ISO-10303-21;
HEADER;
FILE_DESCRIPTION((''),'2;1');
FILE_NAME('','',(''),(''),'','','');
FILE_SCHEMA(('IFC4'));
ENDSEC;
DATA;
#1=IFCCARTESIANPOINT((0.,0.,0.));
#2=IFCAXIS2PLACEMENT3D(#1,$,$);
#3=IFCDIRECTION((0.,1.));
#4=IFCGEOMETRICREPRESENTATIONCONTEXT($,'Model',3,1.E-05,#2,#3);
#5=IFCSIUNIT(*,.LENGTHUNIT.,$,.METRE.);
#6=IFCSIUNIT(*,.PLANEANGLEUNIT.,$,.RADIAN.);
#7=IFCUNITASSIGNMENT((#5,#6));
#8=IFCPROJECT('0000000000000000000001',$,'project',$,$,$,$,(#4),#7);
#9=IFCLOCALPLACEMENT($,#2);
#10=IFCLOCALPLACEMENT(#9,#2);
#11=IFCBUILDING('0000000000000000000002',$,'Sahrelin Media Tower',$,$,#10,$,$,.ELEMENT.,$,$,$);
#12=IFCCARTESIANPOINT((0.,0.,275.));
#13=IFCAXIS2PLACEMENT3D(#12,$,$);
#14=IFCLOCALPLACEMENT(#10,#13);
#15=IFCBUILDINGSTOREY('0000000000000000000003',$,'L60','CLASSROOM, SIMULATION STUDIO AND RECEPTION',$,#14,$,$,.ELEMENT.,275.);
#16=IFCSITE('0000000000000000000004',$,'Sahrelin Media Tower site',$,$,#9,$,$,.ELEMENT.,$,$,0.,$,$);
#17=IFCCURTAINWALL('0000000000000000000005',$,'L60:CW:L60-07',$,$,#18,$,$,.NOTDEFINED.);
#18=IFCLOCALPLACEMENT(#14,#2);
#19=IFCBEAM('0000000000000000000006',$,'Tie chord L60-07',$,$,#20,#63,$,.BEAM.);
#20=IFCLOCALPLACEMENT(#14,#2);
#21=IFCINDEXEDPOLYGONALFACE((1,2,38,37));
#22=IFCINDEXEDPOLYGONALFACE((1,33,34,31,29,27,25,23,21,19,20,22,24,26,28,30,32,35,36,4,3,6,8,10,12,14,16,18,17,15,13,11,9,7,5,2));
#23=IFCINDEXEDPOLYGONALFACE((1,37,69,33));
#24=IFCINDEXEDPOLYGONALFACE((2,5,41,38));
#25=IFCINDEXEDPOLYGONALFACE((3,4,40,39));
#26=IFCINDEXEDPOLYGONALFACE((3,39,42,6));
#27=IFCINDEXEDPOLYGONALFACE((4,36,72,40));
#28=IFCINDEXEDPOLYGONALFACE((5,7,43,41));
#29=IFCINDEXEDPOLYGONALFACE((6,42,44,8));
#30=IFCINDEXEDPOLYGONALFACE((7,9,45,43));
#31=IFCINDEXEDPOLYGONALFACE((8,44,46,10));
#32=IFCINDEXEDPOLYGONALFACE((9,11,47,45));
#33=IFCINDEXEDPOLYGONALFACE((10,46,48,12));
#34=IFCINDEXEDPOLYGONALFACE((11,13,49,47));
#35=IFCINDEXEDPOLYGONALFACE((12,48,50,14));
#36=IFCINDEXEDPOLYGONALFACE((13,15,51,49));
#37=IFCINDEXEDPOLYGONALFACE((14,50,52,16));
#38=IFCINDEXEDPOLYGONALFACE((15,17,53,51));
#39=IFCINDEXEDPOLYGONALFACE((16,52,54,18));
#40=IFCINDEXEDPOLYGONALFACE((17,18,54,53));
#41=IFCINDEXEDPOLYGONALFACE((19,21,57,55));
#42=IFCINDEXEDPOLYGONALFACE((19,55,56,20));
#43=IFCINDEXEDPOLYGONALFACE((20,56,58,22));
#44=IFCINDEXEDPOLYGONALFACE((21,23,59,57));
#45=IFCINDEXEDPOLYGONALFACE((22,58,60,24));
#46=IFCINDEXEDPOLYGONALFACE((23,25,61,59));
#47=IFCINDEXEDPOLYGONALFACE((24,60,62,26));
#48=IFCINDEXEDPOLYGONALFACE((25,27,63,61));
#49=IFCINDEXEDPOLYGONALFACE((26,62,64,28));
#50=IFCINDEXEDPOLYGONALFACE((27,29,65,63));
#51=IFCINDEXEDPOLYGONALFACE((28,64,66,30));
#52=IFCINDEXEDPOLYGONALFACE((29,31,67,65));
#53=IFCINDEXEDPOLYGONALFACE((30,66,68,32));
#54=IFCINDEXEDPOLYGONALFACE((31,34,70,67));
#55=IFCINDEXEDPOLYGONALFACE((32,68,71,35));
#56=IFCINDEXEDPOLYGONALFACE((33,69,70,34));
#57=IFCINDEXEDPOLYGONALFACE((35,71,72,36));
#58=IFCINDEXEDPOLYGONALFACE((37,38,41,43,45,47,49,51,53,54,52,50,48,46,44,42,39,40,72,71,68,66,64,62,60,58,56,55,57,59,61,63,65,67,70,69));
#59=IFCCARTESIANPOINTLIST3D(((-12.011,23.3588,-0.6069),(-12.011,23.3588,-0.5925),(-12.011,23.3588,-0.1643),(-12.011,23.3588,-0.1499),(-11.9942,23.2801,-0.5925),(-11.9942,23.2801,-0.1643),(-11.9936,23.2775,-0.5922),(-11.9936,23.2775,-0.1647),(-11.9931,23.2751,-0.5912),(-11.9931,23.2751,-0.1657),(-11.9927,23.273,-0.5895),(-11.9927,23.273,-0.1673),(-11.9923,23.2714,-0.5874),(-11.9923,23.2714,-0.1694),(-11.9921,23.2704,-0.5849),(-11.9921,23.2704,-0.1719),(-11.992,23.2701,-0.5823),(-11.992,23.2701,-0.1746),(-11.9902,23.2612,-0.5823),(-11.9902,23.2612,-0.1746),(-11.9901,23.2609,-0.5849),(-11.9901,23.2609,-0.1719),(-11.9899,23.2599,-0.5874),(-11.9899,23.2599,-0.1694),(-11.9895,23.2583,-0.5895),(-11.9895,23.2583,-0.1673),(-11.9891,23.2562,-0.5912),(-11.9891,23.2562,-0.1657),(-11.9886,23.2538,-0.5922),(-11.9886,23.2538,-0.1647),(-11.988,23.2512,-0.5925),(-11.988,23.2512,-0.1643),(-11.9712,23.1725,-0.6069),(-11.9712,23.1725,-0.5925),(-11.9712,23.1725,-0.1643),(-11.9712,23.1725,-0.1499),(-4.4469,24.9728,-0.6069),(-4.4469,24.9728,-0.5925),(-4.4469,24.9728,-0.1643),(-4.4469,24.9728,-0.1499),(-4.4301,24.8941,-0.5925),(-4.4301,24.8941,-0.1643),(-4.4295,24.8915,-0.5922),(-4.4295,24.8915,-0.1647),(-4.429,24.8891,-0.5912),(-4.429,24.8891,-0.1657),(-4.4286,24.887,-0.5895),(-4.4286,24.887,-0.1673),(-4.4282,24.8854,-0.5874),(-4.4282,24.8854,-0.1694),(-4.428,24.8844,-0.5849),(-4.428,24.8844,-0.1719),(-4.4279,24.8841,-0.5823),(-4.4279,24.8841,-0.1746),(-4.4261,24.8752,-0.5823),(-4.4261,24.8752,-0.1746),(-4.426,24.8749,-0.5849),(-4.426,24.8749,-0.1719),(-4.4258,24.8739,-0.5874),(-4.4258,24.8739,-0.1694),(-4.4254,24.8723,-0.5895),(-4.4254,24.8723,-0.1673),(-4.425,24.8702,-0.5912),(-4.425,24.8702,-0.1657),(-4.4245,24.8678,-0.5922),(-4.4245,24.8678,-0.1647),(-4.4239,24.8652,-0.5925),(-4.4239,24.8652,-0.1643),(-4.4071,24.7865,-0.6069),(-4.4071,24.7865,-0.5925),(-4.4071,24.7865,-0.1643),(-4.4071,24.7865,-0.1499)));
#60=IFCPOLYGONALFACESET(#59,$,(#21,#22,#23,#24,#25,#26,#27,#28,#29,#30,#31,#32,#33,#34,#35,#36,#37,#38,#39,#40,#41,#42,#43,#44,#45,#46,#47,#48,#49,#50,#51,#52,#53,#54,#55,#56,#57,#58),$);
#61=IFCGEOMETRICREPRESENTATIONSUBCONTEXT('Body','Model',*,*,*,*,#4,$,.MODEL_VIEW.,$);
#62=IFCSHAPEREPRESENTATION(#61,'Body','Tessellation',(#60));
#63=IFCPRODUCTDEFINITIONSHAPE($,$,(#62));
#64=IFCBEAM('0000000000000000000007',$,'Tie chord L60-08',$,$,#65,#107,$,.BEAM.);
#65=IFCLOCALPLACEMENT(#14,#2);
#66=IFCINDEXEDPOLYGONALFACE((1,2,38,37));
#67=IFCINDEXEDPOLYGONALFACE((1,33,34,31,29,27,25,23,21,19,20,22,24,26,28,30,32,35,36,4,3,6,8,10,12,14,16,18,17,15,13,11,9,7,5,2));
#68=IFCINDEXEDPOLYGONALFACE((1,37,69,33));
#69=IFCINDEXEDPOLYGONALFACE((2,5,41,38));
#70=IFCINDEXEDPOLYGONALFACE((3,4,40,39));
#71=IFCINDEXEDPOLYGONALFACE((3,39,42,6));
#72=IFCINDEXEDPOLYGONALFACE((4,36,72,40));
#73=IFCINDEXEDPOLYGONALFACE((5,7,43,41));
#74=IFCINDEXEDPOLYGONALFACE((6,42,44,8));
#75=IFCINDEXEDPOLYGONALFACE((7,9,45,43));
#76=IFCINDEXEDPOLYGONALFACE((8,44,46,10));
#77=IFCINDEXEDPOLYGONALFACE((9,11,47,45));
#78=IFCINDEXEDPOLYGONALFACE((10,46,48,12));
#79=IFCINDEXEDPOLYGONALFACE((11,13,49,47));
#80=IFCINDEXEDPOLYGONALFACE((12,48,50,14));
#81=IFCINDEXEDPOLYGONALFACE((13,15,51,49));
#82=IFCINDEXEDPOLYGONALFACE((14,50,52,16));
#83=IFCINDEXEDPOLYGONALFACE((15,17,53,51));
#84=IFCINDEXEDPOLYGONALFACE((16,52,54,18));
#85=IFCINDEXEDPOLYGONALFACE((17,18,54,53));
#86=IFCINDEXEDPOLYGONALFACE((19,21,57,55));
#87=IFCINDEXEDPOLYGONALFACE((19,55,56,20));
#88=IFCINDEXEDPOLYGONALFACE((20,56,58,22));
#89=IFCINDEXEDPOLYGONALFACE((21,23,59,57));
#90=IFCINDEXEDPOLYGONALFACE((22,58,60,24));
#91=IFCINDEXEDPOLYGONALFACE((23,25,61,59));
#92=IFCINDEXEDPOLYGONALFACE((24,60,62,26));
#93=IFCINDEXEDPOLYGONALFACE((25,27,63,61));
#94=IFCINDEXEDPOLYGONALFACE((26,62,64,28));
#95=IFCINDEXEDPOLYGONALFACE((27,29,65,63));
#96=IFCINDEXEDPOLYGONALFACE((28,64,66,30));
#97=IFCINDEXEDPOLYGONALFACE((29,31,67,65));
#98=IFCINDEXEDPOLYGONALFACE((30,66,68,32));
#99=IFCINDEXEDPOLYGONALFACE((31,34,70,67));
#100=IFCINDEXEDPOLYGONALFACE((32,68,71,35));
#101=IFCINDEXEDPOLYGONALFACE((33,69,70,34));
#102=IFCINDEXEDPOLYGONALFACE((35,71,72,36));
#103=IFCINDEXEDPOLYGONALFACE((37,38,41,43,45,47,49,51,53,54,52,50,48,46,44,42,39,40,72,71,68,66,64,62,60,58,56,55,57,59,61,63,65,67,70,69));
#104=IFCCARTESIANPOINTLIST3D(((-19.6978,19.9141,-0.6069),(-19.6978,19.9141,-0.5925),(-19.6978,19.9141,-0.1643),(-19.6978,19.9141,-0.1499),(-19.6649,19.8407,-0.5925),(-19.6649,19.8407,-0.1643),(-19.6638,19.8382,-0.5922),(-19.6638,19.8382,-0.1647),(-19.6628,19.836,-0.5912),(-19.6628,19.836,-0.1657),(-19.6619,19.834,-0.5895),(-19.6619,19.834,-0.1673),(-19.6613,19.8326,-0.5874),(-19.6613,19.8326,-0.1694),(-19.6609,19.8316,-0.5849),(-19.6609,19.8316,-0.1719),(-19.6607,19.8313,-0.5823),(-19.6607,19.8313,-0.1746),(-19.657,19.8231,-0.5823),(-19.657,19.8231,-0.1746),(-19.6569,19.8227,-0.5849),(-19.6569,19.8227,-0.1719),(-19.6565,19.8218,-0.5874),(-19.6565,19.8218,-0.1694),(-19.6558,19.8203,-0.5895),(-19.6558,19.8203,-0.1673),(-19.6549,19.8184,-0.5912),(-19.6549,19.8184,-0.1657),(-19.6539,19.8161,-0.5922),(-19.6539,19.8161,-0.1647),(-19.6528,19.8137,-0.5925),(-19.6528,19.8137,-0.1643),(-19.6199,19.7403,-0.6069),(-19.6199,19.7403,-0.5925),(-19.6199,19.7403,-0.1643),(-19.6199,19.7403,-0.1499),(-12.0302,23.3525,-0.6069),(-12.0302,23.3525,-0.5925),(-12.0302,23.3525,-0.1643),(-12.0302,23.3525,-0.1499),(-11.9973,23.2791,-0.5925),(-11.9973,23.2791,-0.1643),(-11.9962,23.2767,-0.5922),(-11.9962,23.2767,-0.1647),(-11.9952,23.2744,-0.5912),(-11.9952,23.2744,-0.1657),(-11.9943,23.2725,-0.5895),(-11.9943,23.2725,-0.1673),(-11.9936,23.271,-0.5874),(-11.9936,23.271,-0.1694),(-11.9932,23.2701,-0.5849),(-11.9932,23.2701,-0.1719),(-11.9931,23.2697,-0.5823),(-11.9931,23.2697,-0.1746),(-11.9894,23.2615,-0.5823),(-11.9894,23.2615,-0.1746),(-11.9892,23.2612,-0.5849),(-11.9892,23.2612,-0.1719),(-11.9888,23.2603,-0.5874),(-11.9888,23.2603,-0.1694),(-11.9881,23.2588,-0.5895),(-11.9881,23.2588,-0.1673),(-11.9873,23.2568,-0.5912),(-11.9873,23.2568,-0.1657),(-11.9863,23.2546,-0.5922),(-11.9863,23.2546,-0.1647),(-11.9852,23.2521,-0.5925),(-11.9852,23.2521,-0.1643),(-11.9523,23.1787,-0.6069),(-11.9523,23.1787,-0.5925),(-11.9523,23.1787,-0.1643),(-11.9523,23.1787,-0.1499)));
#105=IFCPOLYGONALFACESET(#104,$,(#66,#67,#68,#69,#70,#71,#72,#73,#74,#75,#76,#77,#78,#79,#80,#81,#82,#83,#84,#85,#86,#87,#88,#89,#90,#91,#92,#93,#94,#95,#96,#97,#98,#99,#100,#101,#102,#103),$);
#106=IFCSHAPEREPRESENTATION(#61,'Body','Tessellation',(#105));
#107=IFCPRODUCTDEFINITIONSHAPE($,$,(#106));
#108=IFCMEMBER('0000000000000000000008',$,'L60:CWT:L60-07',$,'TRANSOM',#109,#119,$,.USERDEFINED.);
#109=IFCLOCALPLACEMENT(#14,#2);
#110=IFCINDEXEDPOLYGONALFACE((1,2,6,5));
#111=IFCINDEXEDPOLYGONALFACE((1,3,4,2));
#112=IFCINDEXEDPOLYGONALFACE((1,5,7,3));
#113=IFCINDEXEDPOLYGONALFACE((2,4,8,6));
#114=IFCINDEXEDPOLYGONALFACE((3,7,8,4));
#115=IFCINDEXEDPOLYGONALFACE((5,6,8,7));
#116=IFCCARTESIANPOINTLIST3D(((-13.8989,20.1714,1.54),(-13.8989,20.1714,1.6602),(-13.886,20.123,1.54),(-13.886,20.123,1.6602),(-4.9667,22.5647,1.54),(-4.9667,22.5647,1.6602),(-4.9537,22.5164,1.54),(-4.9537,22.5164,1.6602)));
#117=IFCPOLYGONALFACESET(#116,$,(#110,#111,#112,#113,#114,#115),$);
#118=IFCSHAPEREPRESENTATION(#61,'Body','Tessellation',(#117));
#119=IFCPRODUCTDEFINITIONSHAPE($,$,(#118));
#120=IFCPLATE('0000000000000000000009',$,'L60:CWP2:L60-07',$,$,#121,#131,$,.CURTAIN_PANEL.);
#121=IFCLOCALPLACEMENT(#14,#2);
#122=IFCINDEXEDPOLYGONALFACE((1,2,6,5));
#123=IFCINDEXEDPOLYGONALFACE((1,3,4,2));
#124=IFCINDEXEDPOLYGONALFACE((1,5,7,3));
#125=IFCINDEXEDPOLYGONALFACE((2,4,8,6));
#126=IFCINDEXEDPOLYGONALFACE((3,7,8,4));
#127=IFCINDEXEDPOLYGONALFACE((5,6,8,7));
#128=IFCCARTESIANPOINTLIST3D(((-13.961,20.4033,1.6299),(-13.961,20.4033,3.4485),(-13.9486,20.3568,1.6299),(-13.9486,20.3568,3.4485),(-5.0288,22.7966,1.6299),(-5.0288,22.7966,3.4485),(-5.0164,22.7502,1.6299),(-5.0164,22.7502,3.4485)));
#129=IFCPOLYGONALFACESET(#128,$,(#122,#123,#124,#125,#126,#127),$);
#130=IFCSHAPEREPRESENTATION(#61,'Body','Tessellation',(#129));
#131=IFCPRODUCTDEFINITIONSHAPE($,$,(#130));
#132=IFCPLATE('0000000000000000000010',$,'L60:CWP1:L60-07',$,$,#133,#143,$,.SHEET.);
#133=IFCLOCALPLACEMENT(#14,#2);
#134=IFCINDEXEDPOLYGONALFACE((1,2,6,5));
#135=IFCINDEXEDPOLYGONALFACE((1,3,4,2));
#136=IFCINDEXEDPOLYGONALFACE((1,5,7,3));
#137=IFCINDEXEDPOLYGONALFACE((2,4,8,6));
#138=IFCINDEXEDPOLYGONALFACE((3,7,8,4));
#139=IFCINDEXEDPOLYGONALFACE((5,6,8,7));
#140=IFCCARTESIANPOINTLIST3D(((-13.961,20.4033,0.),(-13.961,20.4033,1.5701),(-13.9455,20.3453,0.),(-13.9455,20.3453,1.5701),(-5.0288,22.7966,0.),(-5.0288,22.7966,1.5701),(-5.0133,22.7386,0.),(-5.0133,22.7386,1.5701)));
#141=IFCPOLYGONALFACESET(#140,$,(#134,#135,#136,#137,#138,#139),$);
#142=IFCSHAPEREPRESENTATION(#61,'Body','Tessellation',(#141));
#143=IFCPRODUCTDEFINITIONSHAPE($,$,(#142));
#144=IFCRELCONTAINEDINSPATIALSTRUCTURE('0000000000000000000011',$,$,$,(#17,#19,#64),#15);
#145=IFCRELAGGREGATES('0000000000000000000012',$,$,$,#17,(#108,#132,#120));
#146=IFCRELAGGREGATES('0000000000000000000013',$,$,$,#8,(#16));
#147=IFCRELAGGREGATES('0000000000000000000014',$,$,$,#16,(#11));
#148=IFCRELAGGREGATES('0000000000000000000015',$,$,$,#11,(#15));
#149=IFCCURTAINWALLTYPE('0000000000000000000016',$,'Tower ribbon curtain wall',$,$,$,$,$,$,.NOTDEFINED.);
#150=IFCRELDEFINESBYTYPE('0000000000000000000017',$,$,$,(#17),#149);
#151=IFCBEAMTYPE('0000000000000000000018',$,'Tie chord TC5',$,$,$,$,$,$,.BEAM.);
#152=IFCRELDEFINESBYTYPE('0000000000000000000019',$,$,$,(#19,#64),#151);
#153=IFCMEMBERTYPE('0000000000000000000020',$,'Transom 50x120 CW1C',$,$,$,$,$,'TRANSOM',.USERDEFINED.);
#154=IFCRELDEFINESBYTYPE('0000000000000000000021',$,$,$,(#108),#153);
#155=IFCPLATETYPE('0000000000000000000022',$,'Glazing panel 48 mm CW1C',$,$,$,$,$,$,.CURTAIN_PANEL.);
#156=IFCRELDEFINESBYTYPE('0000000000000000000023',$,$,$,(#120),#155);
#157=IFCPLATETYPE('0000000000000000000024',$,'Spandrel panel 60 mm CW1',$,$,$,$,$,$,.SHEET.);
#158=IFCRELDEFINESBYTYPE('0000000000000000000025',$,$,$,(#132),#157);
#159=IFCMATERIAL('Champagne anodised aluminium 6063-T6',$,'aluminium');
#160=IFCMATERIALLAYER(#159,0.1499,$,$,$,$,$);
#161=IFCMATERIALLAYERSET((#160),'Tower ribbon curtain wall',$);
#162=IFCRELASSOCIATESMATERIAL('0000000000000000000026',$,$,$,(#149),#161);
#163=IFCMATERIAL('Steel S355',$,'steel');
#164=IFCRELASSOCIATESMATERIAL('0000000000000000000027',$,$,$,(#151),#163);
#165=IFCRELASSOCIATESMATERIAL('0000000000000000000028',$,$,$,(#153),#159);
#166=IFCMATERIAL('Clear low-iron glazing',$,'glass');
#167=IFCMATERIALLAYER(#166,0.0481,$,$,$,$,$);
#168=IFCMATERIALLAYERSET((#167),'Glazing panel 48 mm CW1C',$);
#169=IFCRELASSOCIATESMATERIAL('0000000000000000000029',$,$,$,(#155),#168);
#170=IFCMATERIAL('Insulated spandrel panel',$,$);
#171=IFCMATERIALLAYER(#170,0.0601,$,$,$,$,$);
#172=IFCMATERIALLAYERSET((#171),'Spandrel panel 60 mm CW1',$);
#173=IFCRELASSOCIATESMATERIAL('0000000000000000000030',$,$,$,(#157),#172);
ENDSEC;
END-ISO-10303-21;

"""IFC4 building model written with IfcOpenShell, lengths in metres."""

from ifc_helpers import new_model, si_unit, direction, frame, origin, origin_2d, place, context, subcontext, project, spatial, polyline, rectangle, i_section, outline, extrude, material, layer, layer_set, material_profile, profile_set, type_object, element, aggregate, save


model = new_model("IFC4")

# Units and contexts
model_context = context("Model", 3, precision=1e-05, world=origin(), true_north=direction((0.0, 1.0)))
body_context = subcontext(model_context, "Body", "Model", "MODEL_VIEW")
ifc_project = project(units=[si_unit("LENGTHUNIT", "METRE"), si_unit("PLANEANGLEUNIT", "RADIAN")], contexts=[model_context])

# Site, building, storey
site_placement = place(None, origin())
site = spatial("IfcSite", under=ifc_project, at=site_placement, Name="Sahrelin Media Tower site", CompositionType="ELEMENT", RefElevation=0.0)
building_placement = place(site_placement, origin())
building = spatial("IfcBuilding", under=site, at=building_placement, Name="Sahrelin Media Tower", CompositionType="ELEMENT")
storey_placement = place(building_placement, frame((0.0, 0.0, 275.0)))
storey = spatial("IfcBuildingStorey", under=building, at=storey_placement, Name="L60", Description="CLASSROOM, SIMULATION STUDIO AND RECEPTION", CompositionType="ELEMENT", Elevation=275.0)

# Shared definitions
ifc_material_1 = material(Name="Steel S355", Category="steel")

# Curtain wall
ifc_material_2 = material(Name="Champagne anodised aluminium 6063-T6", Category="aluminium")
ifc_layer_1 = layer(ifc_material_2, 0.1499)
ifc_layer_set_1 = layer_set([ifc_layer_1], Name="Tower ribbon curtain wall")
curtain_wall_type = type_object("IfcCurtainWallType", Name="Tower ribbon curtain wall", PredefinedType="NOTDEFINED", material=ifc_layer_set_1)
curtain_wall_1_placement = place(storey_placement, frame((-9.4895, 21.5806, 0.0), z_axis=(0.0, 0.0, 1.0), x_axis=(1.0, 0.0, 0.0)))
curtain_wall_1 = element("IfcCurtainWall", 1, at=curtain_wall_1_placement, inside=storey, type_object=curtain_wall_type, Name="L60:CW:L60-07", PredefinedType="NOTDEFINED")

# Beams
ifc_material_profile_1 = material_profile(ifc_material_1, i_section(OverallWidth=0.1904, OverallDepth=0.457, WebThickness=0.009, FlangeThickness=0.0144, FilletRadius=0.0103, at=origin_2d()), Name="UB 457x191x74")
ifc_profile_set_1 = profile_set([ifc_material_profile_1], Name="Steel S355")
beam_type_1 = type_object("IfcBeamType", Name="Tie chord TC5", PredefinedType="BEAM", material=ifc_profile_set_1)
beam_1_placement = place(storey_placement, frame((-4.427, 24.8796, -0.3784), z_axis=(-0.977985, -0.208678, 0.0), x_axis=(0.208678, -0.977985, 0.0)))
element("IfcBeam", 2, at=beam_1_placement, inside=storey, type_object=beam_type_1, Name="Tie chord L60-07", PredefinedType="BEAM", context=body_context, shape_type="SweptSolid", body=[
    extrude(i_section(OverallWidth=0.1904, OverallDepth=0.457, WebThickness=0.009, FlangeThickness=0.0144, FilletRadius=0.0103, at=origin_2d()), origin(), (0.0, 0.0, 1.0), 7.7344),
])
beam_2_placement = place(storey_placement, frame((-11.9912, 23.2656, -0.3784), z_axis=(-0.912455, -0.409177, 0.0), x_axis=(0.409177, -0.912455, 0.0)))
element("IfcBeam", 3, at=beam_2_placement, inside=storey, type_object=beam_type_1, Name="Tie chord L60-08", PredefinedType="BEAM", context=body_context, shape_type="SweptSolid", body=[
    extrude(i_section(OverallWidth=0.1904, OverallDepth=0.457, WebThickness=0.009, FlangeThickness=0.0144, FilletRadius=0.0103, at=origin_2d()), origin(), (0.0, 0.0, 1.0), 8.4033),
])

# Member
ifc_material_profile_2 = material_profile(ifc_material_2, rectangle(XDim=0.05, YDim=0.1201, at=origin_2d()), Name="Transom 50x120")
ifc_profile_set_2 = profile_set([ifc_material_profile_2], Name="Champagne anodised aluminium 6063-T6")
member_type_1 = type_object("IfcMemberType", Name="Transom 50x120 CW1C", ElementType="TRANSOM", PredefinedType="USERDEFINED", material=ifc_profile_set_2)
member_1_placement = place(storey_placement, frame((-4.9602, 22.5405, 1.6001), z_axis=(-0.965927, -0.258814, 0.0), x_axis=(0.258814, -0.965927, 0.0)))
member_1 = element("IfcMember", 4, at=member_1_placement, type_object=member_type_1, Name="L60:CWT:L60-07", ObjectType="TRANSOM", PredefinedType="USERDEFINED", context=body_context, shape_type="SweptSolid", body=[
    extrude(rectangle(XDim=0.05, YDim=0.1201, at=origin_2d()), origin(), (0.0, 0.0, 1.0), 9.2473),
])

# Plates
ifc_material_3 = material(Name="Clear low-iron glazing", Category="glass")
ifc_layer_2 = layer(ifc_material_3, 0.0481)
ifc_layer_set_2 = layer_set([ifc_layer_2], Name="Glazing panel 48 mm CW1C")
plate_type_1 = type_object("IfcPlateType", Name="Glazing panel 48 mm CW1C", PredefinedType="CURTAIN_PANEL", material=ifc_layer_set_2)
plate_1_placement = place(storey_placement, frame((-5.0288, 22.7966, 1.6299), z_axis=(-0.258814, 0.965927, 0.0), x_axis=(-0.965927, -0.258814, 0.0)))
plate_1 = element("IfcPlate", 5, at=plate_1_placement, type_object=plate_type_1, Name="L60:CWP2:L60-07", PredefinedType="CURTAIN_PANEL", context=body_context, shape_type="SweptSolid", body=[
    extrude(outline(polyline([(0.0, 0.0), (9.2473, 0.0), (9.2473, 1.8186), (0.0, 1.8186), (0.0, 0.0)])), origin(), (0.0, 0.0, -1.0), 0.0481),
])
ifc_material_4 = material(Name="Insulated spandrel panel")
ifc_layer_3 = layer(ifc_material_4, 0.0601)
ifc_layer_set_3 = layer_set([ifc_layer_3], Name="Spandrel panel 60 mm CW1")
plate_type_2 = type_object("IfcPlateType", Name="Spandrel panel 60 mm CW1", PredefinedType="SHEET", material=ifc_layer_set_3)
plate_2_placement = place(storey_placement, frame((-5.0288, 22.7966, 0.0), z_axis=(-0.258814, 0.965927, 0.0), x_axis=(-0.965927, -0.258814, 0.0)))
plate_2 = element("IfcPlate", 6, at=plate_2_placement, type_object=plate_type_2, Name="L60:CWP1:L60-07", PredefinedType="SHEET", context=body_context, shape_type="SweptSolid", body=[
    extrude(outline(polyline([(0.0, 0.0), (9.2473, 0.0), (9.2473, 1.5701), (0.0, 1.5701), (0.0, 0.0)])), origin(), (0.0, 0.0, -1.0), 0.0601),
])
aggregate(curtain_wall_1, [member_1, plate_2, plate_1])

save(model, "model.ifc")
